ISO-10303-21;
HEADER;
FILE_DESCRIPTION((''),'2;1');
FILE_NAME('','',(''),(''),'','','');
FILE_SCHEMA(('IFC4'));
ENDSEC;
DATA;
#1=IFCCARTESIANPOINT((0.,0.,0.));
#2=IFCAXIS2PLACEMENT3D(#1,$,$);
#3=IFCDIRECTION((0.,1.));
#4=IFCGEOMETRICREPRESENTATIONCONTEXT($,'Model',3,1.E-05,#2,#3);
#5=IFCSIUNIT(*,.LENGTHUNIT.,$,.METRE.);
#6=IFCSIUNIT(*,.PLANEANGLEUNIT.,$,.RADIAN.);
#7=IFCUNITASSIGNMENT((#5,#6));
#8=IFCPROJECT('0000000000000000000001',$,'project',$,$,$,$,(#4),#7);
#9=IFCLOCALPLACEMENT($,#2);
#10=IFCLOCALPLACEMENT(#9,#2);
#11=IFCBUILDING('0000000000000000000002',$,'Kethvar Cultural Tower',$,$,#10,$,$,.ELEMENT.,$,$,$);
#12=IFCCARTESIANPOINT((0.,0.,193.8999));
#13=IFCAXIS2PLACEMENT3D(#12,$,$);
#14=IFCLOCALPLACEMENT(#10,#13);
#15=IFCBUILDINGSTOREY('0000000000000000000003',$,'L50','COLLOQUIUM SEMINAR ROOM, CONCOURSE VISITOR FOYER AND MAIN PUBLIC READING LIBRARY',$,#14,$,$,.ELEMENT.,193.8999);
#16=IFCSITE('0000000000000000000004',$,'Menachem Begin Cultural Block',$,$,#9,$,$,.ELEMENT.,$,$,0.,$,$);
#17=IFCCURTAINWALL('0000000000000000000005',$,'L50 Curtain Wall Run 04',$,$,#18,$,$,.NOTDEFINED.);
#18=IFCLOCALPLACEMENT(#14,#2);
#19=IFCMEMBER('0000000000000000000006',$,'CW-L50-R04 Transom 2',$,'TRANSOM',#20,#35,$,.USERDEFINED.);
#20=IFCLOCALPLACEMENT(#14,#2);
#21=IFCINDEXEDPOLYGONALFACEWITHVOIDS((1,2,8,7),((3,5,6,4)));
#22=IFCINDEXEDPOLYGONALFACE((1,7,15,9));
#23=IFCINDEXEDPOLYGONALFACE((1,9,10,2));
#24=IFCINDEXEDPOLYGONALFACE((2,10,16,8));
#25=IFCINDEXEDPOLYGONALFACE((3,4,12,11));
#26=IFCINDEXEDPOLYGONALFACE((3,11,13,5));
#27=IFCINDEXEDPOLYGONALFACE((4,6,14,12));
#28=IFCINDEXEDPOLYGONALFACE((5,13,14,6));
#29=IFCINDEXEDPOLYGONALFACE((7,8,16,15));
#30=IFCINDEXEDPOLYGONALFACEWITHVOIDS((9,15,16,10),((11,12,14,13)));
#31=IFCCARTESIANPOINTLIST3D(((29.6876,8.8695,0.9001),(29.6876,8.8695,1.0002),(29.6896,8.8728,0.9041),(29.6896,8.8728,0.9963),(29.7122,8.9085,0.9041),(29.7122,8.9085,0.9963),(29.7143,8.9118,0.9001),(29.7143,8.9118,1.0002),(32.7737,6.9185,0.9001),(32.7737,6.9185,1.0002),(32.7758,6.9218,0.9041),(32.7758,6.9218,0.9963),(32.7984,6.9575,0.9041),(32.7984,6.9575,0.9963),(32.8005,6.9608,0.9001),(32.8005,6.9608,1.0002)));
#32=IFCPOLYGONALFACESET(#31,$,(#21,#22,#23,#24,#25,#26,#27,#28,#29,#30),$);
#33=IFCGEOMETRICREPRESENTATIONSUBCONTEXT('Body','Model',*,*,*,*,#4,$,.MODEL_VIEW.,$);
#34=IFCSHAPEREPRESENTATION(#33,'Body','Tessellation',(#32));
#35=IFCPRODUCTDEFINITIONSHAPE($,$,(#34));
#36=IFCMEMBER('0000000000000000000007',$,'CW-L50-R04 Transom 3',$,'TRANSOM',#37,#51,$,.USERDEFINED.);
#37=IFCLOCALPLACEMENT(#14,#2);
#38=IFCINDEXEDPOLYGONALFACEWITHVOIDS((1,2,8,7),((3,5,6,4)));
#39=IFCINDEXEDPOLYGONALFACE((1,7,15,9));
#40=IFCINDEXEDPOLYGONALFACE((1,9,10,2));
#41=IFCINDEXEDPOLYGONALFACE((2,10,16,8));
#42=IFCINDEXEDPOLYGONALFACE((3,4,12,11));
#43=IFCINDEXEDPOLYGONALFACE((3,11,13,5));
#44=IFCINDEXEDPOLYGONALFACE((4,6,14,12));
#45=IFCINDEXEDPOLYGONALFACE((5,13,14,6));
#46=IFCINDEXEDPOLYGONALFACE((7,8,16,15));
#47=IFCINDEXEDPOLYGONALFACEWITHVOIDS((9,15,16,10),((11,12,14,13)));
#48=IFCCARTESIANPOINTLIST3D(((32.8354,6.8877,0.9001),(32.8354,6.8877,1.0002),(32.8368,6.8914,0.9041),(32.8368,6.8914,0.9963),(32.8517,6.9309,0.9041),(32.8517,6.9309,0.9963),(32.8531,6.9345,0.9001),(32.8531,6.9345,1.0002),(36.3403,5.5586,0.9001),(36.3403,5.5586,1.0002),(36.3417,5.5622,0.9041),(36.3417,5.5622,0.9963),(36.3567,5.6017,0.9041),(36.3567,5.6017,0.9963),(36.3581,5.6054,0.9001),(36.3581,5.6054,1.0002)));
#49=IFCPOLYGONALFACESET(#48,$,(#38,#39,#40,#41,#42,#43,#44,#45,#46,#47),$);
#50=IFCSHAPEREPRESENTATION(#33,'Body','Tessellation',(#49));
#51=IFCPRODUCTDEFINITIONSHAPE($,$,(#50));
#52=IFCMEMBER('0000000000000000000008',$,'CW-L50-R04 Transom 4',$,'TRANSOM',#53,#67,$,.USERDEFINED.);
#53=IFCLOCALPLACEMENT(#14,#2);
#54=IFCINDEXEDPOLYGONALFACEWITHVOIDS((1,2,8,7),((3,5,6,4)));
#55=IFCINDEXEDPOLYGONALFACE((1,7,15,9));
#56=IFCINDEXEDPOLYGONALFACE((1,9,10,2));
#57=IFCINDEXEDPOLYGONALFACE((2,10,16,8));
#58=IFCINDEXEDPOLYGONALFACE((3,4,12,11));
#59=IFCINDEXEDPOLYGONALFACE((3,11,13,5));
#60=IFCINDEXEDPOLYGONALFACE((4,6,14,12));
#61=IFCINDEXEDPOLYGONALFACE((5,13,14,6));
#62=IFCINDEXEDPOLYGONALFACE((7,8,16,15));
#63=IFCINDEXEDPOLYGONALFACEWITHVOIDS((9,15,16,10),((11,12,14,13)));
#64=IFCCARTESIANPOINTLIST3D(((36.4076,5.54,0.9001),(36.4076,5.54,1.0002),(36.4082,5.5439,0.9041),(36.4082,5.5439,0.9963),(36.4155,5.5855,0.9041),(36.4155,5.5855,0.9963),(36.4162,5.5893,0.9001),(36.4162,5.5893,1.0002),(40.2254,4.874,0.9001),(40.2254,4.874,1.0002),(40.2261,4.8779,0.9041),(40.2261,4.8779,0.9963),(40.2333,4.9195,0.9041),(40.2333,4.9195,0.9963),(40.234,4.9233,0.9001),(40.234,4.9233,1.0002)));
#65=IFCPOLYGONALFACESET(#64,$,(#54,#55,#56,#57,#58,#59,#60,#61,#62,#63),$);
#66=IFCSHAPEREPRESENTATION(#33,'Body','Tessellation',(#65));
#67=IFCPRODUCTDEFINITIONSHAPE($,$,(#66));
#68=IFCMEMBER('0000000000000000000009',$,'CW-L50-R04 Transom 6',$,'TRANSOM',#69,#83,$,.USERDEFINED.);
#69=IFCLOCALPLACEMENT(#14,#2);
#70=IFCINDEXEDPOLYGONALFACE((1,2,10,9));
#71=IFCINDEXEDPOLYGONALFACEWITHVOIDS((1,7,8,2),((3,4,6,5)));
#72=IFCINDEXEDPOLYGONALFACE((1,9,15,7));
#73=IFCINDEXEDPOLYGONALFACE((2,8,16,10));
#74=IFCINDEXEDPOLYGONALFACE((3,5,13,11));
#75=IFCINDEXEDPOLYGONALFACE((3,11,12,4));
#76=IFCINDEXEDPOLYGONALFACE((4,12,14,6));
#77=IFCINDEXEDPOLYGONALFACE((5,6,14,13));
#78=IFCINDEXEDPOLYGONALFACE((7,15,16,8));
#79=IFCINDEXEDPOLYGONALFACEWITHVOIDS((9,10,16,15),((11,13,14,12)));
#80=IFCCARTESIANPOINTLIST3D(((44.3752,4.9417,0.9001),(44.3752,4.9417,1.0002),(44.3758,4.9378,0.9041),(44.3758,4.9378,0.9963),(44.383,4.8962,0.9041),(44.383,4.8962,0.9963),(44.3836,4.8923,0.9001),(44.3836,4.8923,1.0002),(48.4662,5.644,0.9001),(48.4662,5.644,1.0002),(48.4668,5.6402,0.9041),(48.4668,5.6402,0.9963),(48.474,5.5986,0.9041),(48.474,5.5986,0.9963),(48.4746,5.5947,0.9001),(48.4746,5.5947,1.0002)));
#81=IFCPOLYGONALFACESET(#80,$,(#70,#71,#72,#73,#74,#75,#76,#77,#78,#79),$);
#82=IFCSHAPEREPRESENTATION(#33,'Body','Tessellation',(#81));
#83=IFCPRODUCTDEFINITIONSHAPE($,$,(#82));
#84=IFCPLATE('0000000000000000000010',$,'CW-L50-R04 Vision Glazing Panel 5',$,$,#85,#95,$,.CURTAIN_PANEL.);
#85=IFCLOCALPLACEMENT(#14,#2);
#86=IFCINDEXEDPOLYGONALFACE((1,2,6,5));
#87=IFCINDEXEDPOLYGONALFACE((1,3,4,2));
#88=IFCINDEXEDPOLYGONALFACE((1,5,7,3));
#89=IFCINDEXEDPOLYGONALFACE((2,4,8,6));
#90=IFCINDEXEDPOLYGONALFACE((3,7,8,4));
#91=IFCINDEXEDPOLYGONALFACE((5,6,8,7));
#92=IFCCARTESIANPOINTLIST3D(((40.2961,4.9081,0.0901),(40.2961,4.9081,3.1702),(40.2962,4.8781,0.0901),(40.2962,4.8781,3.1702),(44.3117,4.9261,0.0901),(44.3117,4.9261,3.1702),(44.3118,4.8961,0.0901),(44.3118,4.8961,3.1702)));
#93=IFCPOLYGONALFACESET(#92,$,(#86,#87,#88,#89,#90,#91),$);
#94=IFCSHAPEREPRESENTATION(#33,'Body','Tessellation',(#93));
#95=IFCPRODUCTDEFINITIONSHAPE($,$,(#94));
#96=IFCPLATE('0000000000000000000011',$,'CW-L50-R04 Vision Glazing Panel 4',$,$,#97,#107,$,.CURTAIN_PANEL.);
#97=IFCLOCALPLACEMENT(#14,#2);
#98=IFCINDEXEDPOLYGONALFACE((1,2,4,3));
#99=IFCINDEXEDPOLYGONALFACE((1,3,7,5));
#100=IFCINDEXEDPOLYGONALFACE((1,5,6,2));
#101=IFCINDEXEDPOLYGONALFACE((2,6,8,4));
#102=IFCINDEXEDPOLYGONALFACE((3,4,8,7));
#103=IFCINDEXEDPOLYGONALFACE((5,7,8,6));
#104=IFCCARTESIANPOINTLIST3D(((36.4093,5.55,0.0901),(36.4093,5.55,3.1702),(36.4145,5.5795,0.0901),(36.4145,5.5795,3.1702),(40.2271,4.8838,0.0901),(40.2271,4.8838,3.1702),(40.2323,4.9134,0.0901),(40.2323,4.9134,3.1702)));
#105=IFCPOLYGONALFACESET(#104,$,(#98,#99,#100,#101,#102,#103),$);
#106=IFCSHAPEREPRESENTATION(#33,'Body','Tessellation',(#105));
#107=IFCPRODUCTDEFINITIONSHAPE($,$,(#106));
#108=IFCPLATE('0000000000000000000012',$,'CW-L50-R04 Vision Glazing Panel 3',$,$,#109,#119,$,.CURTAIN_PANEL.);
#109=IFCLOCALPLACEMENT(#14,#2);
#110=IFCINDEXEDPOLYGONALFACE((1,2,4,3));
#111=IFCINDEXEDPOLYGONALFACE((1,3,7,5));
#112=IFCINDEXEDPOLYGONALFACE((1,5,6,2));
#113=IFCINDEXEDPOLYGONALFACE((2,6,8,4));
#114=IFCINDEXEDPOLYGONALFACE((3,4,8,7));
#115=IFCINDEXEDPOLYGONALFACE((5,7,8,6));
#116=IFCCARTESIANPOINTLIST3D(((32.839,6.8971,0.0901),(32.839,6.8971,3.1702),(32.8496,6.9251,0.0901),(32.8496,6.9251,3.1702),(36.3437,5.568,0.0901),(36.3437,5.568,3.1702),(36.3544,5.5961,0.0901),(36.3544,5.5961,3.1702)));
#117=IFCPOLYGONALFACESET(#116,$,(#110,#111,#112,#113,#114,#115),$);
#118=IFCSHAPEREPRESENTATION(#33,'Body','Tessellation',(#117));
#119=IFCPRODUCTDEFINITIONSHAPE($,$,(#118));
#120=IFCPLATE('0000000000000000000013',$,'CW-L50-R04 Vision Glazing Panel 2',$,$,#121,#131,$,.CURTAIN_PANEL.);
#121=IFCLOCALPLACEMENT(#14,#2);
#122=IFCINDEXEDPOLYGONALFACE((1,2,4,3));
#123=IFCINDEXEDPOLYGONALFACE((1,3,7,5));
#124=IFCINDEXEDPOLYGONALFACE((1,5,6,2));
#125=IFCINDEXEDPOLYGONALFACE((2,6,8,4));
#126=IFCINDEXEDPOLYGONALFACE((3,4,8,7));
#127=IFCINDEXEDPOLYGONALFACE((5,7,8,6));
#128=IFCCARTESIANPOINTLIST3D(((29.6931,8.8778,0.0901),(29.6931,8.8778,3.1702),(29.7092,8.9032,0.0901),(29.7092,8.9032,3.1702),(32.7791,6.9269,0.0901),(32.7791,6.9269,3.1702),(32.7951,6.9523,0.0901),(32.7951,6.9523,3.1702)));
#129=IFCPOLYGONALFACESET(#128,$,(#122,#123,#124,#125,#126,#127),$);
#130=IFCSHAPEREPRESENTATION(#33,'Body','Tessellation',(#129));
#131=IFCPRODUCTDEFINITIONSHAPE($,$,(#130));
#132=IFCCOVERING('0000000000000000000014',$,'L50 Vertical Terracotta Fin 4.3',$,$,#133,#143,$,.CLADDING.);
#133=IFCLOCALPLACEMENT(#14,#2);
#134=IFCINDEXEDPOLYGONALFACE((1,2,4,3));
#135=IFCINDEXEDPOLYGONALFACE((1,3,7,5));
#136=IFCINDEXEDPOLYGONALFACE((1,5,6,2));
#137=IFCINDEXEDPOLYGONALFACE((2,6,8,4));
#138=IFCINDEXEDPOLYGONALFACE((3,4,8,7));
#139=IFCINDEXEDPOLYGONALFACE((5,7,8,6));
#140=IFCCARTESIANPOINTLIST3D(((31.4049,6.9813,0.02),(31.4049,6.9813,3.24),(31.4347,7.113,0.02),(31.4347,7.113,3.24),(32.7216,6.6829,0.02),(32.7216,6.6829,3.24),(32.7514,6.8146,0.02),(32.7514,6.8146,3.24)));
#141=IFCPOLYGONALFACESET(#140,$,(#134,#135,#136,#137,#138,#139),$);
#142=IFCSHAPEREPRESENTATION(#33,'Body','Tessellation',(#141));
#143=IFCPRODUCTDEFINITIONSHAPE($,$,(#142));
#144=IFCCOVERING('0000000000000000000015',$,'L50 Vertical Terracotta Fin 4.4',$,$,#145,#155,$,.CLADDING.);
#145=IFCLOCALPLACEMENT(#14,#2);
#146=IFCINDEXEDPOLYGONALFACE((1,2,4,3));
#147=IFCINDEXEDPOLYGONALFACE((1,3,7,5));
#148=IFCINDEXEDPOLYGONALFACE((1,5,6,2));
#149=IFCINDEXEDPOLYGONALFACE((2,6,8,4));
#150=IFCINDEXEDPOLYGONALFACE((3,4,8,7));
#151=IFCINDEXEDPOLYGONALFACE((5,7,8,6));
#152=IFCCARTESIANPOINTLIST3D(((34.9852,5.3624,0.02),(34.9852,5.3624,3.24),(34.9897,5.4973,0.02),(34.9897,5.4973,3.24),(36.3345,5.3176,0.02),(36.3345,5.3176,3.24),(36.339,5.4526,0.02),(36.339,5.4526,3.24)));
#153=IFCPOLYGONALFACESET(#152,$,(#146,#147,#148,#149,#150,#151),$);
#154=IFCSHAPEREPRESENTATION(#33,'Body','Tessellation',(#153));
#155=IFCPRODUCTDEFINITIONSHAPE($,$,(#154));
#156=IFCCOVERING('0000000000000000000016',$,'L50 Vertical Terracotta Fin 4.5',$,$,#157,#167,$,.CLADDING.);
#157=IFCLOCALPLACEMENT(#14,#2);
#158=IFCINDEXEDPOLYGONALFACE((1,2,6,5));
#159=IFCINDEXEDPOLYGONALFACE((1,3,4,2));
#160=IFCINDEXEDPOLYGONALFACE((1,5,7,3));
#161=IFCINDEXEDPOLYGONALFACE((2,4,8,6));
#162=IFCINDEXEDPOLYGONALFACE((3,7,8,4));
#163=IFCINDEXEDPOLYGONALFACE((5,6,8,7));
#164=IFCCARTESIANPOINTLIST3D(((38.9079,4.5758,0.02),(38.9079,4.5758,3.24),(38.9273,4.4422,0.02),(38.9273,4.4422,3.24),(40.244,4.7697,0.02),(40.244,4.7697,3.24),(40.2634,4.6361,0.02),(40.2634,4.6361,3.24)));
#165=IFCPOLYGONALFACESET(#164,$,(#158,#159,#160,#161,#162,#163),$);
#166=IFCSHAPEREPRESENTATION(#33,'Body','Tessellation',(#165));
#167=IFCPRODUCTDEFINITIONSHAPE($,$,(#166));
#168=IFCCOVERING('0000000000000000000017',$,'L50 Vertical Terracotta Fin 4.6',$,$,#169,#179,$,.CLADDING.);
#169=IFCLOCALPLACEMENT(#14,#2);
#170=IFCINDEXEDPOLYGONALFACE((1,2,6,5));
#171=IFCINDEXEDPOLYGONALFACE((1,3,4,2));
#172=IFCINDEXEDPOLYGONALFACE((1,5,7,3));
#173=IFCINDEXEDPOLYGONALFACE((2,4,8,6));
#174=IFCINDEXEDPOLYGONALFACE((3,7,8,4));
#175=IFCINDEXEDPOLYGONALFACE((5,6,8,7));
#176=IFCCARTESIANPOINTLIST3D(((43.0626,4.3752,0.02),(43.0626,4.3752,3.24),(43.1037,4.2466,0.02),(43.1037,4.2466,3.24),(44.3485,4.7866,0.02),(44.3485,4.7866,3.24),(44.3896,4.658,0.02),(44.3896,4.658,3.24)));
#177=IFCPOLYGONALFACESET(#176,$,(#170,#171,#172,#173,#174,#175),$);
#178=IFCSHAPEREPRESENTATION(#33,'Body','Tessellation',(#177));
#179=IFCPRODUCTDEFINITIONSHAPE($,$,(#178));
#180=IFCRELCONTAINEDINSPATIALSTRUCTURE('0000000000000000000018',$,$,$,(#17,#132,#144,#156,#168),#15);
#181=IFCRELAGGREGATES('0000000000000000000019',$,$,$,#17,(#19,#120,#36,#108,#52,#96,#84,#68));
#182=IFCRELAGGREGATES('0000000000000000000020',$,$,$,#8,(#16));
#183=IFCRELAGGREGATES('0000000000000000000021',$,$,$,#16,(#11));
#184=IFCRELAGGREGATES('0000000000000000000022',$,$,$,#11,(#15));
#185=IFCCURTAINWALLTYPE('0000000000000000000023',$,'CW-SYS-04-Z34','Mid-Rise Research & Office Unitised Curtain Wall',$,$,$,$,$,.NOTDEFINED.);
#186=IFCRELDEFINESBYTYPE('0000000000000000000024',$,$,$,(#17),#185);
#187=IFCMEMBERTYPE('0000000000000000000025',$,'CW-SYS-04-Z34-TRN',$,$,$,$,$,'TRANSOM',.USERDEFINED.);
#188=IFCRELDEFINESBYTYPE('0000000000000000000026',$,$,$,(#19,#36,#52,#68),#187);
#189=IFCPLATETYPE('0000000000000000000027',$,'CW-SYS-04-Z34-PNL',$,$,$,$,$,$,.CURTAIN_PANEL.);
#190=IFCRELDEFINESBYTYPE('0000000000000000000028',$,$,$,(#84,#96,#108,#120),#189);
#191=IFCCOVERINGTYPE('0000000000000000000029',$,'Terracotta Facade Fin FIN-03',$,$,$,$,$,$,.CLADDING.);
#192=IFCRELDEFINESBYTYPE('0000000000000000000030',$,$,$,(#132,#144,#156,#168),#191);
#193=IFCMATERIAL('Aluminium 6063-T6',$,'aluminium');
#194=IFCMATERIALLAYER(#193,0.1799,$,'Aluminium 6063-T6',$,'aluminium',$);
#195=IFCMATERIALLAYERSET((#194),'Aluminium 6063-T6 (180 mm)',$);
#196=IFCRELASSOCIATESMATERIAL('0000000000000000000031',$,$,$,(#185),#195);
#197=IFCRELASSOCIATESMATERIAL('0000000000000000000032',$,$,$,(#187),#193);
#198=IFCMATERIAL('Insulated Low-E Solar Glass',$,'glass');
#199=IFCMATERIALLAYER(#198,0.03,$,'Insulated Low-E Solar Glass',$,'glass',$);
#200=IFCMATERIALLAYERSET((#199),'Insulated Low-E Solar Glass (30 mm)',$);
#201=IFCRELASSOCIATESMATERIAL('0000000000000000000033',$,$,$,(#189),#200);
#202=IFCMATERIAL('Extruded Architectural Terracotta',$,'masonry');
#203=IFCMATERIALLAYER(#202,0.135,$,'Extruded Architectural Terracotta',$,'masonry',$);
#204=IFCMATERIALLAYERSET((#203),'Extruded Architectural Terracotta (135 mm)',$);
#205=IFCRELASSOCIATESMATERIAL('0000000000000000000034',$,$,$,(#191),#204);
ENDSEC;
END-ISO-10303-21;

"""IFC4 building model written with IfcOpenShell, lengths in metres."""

from ifc_helpers import new_model, si_unit, direction, frame, origin, origin_2d, place, context, subcontext, project, spatial, rectangle, hollow_rectangle, extrude, source, transform, mapped, material, layer, layer_set, material_profile, profile_set, type_object, element, aggregate, save


model = new_model("IFC4")

# Units and contexts
model_context = context("Model", 3, precision=1e-05, world=origin(), true_north=direction((0.0, 1.0)))
body_context = subcontext(model_context, "Body", "Model", "MODEL_VIEW")
ifc_project = project(units=[si_unit("LENGTHUNIT", "METRE"), si_unit("PLANEANGLEUNIT", "RADIAN")], contexts=[model_context])

# Site, building, storey
site_placement = place(None, origin())
site = spatial("IfcSite", under=ifc_project, at=site_placement, Name="Menachem Begin Cultural Block", CompositionType="ELEMENT", RefElevation=0.0)
building_placement = place(site_placement, origin())
building = spatial("IfcBuilding", under=site, at=building_placement, Name="Kethvar Cultural Tower", CompositionType="ELEMENT")
storey_placement = place(building_placement, frame((0.0, 0.0, 193.8999)))
storey = spatial("IfcBuildingStorey", under=building, at=storey_placement, Name="L50", Description="COLLOQUIUM SEMINAR ROOM, CONCOURSE VISITOR FOYER AND MAIN PUBLIC READING LIBRARY", CompositionType="ELEMENT", Elevation=193.8999)

# Curtain wall, members, plates
ifc_material_1 = material(Name="Aluminium 6063-T6", Category="aluminium")
ifc_layer_1 = layer(ifc_material_1, 0.1799, Name="Aluminium 6063-T6", Category="aluminium")
ifc_layer_set_1 = layer_set([ifc_layer_1], Name="Aluminium 6063-T6 (180 mm)")
curtain_wall_type = type_object("IfcCurtainWallType", Name="CW-SYS-04-Z34", Description="Mid-Rise Research & Office Unitised Curtain Wall", PredefinedType="NOTDEFINED", material=ifc_layer_set_1)
curtain_wall_placement = place(storey_placement, origin())
curtain_wall = element("IfcCurtainWall", 1, at=curtain_wall_placement, inside=storey, type_object=curtain_wall_type, Name="L50 Curtain Wall Run 04", PredefinedType="NOTDEFINED")
ifc_material_profile_1 = material_profile(ifc_material_1, hollow_rectangle(XDim=0.05, YDim=0.1001, WallThickness=0.0039, at=origin_2d()), Name="Aluminium 6063-T6 — RHS100x50x4")
ifc_profile_set_1 = profile_set([ifc_material_profile_1], Name="Aluminium 6063-T6 — RHS100x50x4")
member_type_1 = type_object("IfcMemberType", Name="CW-SYS-04-Z34-TRN", ElementType="TRANSOM", PredefinedType="USERDEFINED", material=ifc_profile_set_1)
shared_shape_1 = source(origin(), body_context, "Body", "SweptSolid", [
    extrude(hollow_rectangle(XDim=0.05, YDim=0.1001, WallThickness=0.0039, at=origin_2d()), origin(), (0.0, 0.0, 1.0), 3.6511),
])
member_1_placement = place(storey_placement, frame((29.7009, 8.8906, 0.9502), z_axis=(0.845271, -0.534338, 0.0), x_axis=(0.534338, 0.845271, 0.0)))
member_1 = element("IfcMember", 2, at=member_1_placement, type_object=member_type_1, Name="CW-L50-R04 Transom 2", ObjectType="TRANSOM", PredefinedType="USERDEFINED", context=body_context, shape_type="MappedRepresentation", body=[
    mapped(shared_shape_1, transform((0.0, 0.0, 0.0), scale=1.0)),
])
shared_shape_2 = source(origin(), body_context, "Body", "SweptSolid", [
    extrude(hollow_rectangle(XDim=0.05, YDim=0.1001, WallThickness=0.0039, at=origin_2d()), origin(), (0.0, 0.0, 1.0), 3.7485),
])
member_2_placement = place(storey_placement, frame((32.8442, 6.9111, 0.9502), z_axis=(0.935027, -0.354576, 0.0), x_axis=(0.354576, 0.935027, 0.0)))
member_2 = element("IfcMember", 3, at=member_2_placement, type_object=member_type_1, Name="CW-L50-R04 Transom 3", ObjectType="TRANSOM", PredefinedType="USERDEFINED", context=body_context, shape_type="MappedRepresentation", body=[
    mapped(shared_shape_2, transform((0.0, 0.0, 0.0), scale=1.0)),
])
shared_shape_3 = source(origin(), body_context, "Body", "SweptSolid", [
    extrude(hollow_rectangle(XDim=0.05, YDim=0.1001, WallThickness=0.0039, at=origin_2d()), origin(), (0.0, 0.0, 1.0), 3.8755),
])
member_3_placement = place(storey_placement, frame((36.4119, 5.5647, 0.9502), z_axis=(0.985123, -0.171852, 0.0), x_axis=(0.171852, 0.985123, 0.0)))
member_3 = element("IfcMember", 4, at=member_3_placement, type_object=member_type_1, Name="CW-L50-R04 Transom 4", ObjectType="TRANSOM", PredefinedType="USERDEFINED", context=body_context, shape_type="MappedRepresentation", body=[
    mapped(shared_shape_3, transform((0.0, 0.0, 0.0), scale=1.0)),
])
shared_shape_4 = source(origin(), body_context, "Body", "SweptSolid", [
    extrude(hollow_rectangle(XDim=0.05, YDim=0.1001, WallThickness=0.0039, at=origin_2d()), origin(), (0.0, 0.0, 1.0), 4.1509),
])
member_4_placement = place(storey_placement, frame((44.3794, 4.917, 0.9502), z_axis=(0.985579, 0.169214, 0.0), x_axis=(-0.169214, 0.985579, 0.0)))
member_4 = element("IfcMember", 5, at=member_4_placement, type_object=member_type_1, Name="CW-L50-R04 Transom 6", ObjectType="TRANSOM", PredefinedType="USERDEFINED", context=body_context, shape_type="MappedRepresentation", body=[
    mapped(shared_shape_4, transform((0.0, 0.0, 0.0), scale=1.0)),
])
ifc_material_2 = material(Name="Insulated Low-E Solar Glass", Category="glass")
ifc_layer_2 = layer(ifc_material_2, 0.03, Name="Insulated Low-E Solar Glass", Category="glass")
ifc_layer_set_2 = layer_set([ifc_layer_2], Name="Insulated Low-E Solar Glass (30 mm)")
plate_type = type_object("IfcPlateType", Name="CW-SYS-04-Z34-PNL", PredefinedType="CURTAIN_PANEL", material=ifc_layer_set_2)
shared_shape_5 = source(origin(), body_context, "Body", "SweptSolid", [
    extrude(rectangle(XDim=4.0156, YDim=0.03, at=origin_2d()), origin(), (0.0, 0.0, 1.0), 3.0801),
])
plate_1_placement = place(storey_placement, frame((42.304, 4.9021, 0.0901), z_axis=(0.0, 0.0, 1.0), x_axis=(0.99999, 0.004468, 0.0)))
plate_1 = element("IfcPlate", 6, at=plate_1_placement, type_object=plate_type, Name="CW-L50-R04 Vision Glazing Panel 5", PredefinedType="CURTAIN_PANEL", context=body_context, shape_type="MappedRepresentation", body=[
    mapped(shared_shape_5, transform((0.0, 0.0, 0.0), scale=1.0)),
])
shared_shape_6 = source(origin(), body_context, "Body", "SweptSolid", [
    extrude(rectangle(XDim=3.8755, YDim=0.03, at=origin_2d()), origin(), (0.0, 0.0, 1.0), 3.0801),
])
plate_2_placement = place(storey_placement, frame((38.3208, 5.2317, 0.0901), z_axis=(0.0, 0.0, 1.0), x_axis=(0.985118, -0.171878, 0.0)))
plate_2 = element("IfcPlate", 7, at=plate_2_placement, type_object=plate_type, Name="CW-L50-R04 Vision Glazing Panel 4", PredefinedType="CURTAIN_PANEL", context=body_context, shape_type="MappedRepresentation", body=[
    mapped(shared_shape_6, transform((0.0, 0.0, 0.0), scale=1.0)),
])
shared_shape_7 = source(origin(), body_context, "Body", "SweptSolid", [
    extrude(rectangle(XDim=3.7483, YDim=0.03, at=origin_2d()), origin(), (0.0, 0.0, 1.0), 3.0801),
])
plate_3_placement = place(storey_placement, frame((34.5967, 6.2466, 0.0901), z_axis=(0.0, 0.0, 1.0), x_axis=(0.93503, -0.354568, 0.0)))
plate_3 = element("IfcPlate", 8, at=plate_3_placement, type_object=plate_type, Name="CW-L50-R04 Vision Glazing Panel 3", PredefinedType="CURTAIN_PANEL", context=body_context, shape_type="MappedRepresentation", body=[
    mapped(shared_shape_7, transform((0.0, 0.0, 0.0), scale=1.0)),
])
shared_shape_8 = source(origin(), body_context, "Body", "SweptSolid", [
    extrude(rectangle(XDim=3.6509, YDim=0.03, at=origin_2d()), origin(), (0.0, 0.0, 1.0), 3.0801),
])
plate_4_placement = place(storey_placement, frame((31.2441, 7.915, 0.0901), z_axis=(0.0, 0.0, 1.0), x_axis=(0.845262, -0.534352, 0.0)))
plate_4 = element("IfcPlate", 9, at=plate_4_placement, type_object=plate_type, Name="CW-L50-R04 Vision Glazing Panel 2", PredefinedType="CURTAIN_PANEL", context=body_context, shape_type="MappedRepresentation", body=[
    mapped(shared_shape_8, transform((0.0, 0.0, 0.0), scale=1.0)),
])
aggregate(curtain_wall, [member_1, plate_4, member_2, plate_3, member_3, plate_2, plate_1, member_4])

# Coverings
ifc_material_3 = material(Name="Extruded Architectural Terracotta", Category="masonry")
ifc_layer_3 = layer(ifc_material_3, 0.135, Name="Extruded Architectural Terracotta", Category="masonry")
ifc_layer_set_3 = layer_set([ifc_layer_3], Name="Extruded Architectural Terracotta (135 mm)")
covering_type = type_object("IfcCoveringType", Name="Terracotta Facade Fin FIN-03", PredefinedType="CLADDING", material=ifc_layer_set_3)
shared_shape_9 = source(origin(), body_context, "Body", "SweptSolid", [
    extrude(rectangle(XDim=1.3501, YDim=0.135, at=origin_2d()), origin(), (0.0, 0.0, 1.0), 3.22),
])
for number, where, z_axis, x_axis, name in (
    (10, (32.0781, 6.8979, 0.02), (0.0, 0.0, 1.0), (-0.975265, 0.221038, 0.0), "L50 Vertical Terracotta Fin 4.3"),
    (11, (35.6621, 5.4075, 0.02), (0.0, 0.0, 1.0), (-0.99945, 0.033155, 0.0), "L50 Vertical Terracotta Fin 4.4"),
    (12, (39.5857, 4.606, 0.02), (0.0, 0.0, 1.0), (-0.989626, -0.143665, 0.0), "L50 Vertical Terracotta Fin 4.5"),
    (13, (43.7261, 4.5166, 0.02), (0.0, 0.0, 1.0), (-0.952449, -0.304698, 0.0), "L50 Vertical Terracotta Fin 4.6"),
):
    element("IfcCovering", number, at=place(storey_placement, frame(where, z_axis=z_axis, x_axis=x_axis)), inside=storey, type_object=covering_type, Name=name, PredefinedType="CLADDING", context=body_context, shape_type="MappedRepresentation", body=[
        mapped(shared_shape_9, transform((0.0, 0.0, 0.0), scale=1.0)),
    ])

save(model, "model.ifc")
